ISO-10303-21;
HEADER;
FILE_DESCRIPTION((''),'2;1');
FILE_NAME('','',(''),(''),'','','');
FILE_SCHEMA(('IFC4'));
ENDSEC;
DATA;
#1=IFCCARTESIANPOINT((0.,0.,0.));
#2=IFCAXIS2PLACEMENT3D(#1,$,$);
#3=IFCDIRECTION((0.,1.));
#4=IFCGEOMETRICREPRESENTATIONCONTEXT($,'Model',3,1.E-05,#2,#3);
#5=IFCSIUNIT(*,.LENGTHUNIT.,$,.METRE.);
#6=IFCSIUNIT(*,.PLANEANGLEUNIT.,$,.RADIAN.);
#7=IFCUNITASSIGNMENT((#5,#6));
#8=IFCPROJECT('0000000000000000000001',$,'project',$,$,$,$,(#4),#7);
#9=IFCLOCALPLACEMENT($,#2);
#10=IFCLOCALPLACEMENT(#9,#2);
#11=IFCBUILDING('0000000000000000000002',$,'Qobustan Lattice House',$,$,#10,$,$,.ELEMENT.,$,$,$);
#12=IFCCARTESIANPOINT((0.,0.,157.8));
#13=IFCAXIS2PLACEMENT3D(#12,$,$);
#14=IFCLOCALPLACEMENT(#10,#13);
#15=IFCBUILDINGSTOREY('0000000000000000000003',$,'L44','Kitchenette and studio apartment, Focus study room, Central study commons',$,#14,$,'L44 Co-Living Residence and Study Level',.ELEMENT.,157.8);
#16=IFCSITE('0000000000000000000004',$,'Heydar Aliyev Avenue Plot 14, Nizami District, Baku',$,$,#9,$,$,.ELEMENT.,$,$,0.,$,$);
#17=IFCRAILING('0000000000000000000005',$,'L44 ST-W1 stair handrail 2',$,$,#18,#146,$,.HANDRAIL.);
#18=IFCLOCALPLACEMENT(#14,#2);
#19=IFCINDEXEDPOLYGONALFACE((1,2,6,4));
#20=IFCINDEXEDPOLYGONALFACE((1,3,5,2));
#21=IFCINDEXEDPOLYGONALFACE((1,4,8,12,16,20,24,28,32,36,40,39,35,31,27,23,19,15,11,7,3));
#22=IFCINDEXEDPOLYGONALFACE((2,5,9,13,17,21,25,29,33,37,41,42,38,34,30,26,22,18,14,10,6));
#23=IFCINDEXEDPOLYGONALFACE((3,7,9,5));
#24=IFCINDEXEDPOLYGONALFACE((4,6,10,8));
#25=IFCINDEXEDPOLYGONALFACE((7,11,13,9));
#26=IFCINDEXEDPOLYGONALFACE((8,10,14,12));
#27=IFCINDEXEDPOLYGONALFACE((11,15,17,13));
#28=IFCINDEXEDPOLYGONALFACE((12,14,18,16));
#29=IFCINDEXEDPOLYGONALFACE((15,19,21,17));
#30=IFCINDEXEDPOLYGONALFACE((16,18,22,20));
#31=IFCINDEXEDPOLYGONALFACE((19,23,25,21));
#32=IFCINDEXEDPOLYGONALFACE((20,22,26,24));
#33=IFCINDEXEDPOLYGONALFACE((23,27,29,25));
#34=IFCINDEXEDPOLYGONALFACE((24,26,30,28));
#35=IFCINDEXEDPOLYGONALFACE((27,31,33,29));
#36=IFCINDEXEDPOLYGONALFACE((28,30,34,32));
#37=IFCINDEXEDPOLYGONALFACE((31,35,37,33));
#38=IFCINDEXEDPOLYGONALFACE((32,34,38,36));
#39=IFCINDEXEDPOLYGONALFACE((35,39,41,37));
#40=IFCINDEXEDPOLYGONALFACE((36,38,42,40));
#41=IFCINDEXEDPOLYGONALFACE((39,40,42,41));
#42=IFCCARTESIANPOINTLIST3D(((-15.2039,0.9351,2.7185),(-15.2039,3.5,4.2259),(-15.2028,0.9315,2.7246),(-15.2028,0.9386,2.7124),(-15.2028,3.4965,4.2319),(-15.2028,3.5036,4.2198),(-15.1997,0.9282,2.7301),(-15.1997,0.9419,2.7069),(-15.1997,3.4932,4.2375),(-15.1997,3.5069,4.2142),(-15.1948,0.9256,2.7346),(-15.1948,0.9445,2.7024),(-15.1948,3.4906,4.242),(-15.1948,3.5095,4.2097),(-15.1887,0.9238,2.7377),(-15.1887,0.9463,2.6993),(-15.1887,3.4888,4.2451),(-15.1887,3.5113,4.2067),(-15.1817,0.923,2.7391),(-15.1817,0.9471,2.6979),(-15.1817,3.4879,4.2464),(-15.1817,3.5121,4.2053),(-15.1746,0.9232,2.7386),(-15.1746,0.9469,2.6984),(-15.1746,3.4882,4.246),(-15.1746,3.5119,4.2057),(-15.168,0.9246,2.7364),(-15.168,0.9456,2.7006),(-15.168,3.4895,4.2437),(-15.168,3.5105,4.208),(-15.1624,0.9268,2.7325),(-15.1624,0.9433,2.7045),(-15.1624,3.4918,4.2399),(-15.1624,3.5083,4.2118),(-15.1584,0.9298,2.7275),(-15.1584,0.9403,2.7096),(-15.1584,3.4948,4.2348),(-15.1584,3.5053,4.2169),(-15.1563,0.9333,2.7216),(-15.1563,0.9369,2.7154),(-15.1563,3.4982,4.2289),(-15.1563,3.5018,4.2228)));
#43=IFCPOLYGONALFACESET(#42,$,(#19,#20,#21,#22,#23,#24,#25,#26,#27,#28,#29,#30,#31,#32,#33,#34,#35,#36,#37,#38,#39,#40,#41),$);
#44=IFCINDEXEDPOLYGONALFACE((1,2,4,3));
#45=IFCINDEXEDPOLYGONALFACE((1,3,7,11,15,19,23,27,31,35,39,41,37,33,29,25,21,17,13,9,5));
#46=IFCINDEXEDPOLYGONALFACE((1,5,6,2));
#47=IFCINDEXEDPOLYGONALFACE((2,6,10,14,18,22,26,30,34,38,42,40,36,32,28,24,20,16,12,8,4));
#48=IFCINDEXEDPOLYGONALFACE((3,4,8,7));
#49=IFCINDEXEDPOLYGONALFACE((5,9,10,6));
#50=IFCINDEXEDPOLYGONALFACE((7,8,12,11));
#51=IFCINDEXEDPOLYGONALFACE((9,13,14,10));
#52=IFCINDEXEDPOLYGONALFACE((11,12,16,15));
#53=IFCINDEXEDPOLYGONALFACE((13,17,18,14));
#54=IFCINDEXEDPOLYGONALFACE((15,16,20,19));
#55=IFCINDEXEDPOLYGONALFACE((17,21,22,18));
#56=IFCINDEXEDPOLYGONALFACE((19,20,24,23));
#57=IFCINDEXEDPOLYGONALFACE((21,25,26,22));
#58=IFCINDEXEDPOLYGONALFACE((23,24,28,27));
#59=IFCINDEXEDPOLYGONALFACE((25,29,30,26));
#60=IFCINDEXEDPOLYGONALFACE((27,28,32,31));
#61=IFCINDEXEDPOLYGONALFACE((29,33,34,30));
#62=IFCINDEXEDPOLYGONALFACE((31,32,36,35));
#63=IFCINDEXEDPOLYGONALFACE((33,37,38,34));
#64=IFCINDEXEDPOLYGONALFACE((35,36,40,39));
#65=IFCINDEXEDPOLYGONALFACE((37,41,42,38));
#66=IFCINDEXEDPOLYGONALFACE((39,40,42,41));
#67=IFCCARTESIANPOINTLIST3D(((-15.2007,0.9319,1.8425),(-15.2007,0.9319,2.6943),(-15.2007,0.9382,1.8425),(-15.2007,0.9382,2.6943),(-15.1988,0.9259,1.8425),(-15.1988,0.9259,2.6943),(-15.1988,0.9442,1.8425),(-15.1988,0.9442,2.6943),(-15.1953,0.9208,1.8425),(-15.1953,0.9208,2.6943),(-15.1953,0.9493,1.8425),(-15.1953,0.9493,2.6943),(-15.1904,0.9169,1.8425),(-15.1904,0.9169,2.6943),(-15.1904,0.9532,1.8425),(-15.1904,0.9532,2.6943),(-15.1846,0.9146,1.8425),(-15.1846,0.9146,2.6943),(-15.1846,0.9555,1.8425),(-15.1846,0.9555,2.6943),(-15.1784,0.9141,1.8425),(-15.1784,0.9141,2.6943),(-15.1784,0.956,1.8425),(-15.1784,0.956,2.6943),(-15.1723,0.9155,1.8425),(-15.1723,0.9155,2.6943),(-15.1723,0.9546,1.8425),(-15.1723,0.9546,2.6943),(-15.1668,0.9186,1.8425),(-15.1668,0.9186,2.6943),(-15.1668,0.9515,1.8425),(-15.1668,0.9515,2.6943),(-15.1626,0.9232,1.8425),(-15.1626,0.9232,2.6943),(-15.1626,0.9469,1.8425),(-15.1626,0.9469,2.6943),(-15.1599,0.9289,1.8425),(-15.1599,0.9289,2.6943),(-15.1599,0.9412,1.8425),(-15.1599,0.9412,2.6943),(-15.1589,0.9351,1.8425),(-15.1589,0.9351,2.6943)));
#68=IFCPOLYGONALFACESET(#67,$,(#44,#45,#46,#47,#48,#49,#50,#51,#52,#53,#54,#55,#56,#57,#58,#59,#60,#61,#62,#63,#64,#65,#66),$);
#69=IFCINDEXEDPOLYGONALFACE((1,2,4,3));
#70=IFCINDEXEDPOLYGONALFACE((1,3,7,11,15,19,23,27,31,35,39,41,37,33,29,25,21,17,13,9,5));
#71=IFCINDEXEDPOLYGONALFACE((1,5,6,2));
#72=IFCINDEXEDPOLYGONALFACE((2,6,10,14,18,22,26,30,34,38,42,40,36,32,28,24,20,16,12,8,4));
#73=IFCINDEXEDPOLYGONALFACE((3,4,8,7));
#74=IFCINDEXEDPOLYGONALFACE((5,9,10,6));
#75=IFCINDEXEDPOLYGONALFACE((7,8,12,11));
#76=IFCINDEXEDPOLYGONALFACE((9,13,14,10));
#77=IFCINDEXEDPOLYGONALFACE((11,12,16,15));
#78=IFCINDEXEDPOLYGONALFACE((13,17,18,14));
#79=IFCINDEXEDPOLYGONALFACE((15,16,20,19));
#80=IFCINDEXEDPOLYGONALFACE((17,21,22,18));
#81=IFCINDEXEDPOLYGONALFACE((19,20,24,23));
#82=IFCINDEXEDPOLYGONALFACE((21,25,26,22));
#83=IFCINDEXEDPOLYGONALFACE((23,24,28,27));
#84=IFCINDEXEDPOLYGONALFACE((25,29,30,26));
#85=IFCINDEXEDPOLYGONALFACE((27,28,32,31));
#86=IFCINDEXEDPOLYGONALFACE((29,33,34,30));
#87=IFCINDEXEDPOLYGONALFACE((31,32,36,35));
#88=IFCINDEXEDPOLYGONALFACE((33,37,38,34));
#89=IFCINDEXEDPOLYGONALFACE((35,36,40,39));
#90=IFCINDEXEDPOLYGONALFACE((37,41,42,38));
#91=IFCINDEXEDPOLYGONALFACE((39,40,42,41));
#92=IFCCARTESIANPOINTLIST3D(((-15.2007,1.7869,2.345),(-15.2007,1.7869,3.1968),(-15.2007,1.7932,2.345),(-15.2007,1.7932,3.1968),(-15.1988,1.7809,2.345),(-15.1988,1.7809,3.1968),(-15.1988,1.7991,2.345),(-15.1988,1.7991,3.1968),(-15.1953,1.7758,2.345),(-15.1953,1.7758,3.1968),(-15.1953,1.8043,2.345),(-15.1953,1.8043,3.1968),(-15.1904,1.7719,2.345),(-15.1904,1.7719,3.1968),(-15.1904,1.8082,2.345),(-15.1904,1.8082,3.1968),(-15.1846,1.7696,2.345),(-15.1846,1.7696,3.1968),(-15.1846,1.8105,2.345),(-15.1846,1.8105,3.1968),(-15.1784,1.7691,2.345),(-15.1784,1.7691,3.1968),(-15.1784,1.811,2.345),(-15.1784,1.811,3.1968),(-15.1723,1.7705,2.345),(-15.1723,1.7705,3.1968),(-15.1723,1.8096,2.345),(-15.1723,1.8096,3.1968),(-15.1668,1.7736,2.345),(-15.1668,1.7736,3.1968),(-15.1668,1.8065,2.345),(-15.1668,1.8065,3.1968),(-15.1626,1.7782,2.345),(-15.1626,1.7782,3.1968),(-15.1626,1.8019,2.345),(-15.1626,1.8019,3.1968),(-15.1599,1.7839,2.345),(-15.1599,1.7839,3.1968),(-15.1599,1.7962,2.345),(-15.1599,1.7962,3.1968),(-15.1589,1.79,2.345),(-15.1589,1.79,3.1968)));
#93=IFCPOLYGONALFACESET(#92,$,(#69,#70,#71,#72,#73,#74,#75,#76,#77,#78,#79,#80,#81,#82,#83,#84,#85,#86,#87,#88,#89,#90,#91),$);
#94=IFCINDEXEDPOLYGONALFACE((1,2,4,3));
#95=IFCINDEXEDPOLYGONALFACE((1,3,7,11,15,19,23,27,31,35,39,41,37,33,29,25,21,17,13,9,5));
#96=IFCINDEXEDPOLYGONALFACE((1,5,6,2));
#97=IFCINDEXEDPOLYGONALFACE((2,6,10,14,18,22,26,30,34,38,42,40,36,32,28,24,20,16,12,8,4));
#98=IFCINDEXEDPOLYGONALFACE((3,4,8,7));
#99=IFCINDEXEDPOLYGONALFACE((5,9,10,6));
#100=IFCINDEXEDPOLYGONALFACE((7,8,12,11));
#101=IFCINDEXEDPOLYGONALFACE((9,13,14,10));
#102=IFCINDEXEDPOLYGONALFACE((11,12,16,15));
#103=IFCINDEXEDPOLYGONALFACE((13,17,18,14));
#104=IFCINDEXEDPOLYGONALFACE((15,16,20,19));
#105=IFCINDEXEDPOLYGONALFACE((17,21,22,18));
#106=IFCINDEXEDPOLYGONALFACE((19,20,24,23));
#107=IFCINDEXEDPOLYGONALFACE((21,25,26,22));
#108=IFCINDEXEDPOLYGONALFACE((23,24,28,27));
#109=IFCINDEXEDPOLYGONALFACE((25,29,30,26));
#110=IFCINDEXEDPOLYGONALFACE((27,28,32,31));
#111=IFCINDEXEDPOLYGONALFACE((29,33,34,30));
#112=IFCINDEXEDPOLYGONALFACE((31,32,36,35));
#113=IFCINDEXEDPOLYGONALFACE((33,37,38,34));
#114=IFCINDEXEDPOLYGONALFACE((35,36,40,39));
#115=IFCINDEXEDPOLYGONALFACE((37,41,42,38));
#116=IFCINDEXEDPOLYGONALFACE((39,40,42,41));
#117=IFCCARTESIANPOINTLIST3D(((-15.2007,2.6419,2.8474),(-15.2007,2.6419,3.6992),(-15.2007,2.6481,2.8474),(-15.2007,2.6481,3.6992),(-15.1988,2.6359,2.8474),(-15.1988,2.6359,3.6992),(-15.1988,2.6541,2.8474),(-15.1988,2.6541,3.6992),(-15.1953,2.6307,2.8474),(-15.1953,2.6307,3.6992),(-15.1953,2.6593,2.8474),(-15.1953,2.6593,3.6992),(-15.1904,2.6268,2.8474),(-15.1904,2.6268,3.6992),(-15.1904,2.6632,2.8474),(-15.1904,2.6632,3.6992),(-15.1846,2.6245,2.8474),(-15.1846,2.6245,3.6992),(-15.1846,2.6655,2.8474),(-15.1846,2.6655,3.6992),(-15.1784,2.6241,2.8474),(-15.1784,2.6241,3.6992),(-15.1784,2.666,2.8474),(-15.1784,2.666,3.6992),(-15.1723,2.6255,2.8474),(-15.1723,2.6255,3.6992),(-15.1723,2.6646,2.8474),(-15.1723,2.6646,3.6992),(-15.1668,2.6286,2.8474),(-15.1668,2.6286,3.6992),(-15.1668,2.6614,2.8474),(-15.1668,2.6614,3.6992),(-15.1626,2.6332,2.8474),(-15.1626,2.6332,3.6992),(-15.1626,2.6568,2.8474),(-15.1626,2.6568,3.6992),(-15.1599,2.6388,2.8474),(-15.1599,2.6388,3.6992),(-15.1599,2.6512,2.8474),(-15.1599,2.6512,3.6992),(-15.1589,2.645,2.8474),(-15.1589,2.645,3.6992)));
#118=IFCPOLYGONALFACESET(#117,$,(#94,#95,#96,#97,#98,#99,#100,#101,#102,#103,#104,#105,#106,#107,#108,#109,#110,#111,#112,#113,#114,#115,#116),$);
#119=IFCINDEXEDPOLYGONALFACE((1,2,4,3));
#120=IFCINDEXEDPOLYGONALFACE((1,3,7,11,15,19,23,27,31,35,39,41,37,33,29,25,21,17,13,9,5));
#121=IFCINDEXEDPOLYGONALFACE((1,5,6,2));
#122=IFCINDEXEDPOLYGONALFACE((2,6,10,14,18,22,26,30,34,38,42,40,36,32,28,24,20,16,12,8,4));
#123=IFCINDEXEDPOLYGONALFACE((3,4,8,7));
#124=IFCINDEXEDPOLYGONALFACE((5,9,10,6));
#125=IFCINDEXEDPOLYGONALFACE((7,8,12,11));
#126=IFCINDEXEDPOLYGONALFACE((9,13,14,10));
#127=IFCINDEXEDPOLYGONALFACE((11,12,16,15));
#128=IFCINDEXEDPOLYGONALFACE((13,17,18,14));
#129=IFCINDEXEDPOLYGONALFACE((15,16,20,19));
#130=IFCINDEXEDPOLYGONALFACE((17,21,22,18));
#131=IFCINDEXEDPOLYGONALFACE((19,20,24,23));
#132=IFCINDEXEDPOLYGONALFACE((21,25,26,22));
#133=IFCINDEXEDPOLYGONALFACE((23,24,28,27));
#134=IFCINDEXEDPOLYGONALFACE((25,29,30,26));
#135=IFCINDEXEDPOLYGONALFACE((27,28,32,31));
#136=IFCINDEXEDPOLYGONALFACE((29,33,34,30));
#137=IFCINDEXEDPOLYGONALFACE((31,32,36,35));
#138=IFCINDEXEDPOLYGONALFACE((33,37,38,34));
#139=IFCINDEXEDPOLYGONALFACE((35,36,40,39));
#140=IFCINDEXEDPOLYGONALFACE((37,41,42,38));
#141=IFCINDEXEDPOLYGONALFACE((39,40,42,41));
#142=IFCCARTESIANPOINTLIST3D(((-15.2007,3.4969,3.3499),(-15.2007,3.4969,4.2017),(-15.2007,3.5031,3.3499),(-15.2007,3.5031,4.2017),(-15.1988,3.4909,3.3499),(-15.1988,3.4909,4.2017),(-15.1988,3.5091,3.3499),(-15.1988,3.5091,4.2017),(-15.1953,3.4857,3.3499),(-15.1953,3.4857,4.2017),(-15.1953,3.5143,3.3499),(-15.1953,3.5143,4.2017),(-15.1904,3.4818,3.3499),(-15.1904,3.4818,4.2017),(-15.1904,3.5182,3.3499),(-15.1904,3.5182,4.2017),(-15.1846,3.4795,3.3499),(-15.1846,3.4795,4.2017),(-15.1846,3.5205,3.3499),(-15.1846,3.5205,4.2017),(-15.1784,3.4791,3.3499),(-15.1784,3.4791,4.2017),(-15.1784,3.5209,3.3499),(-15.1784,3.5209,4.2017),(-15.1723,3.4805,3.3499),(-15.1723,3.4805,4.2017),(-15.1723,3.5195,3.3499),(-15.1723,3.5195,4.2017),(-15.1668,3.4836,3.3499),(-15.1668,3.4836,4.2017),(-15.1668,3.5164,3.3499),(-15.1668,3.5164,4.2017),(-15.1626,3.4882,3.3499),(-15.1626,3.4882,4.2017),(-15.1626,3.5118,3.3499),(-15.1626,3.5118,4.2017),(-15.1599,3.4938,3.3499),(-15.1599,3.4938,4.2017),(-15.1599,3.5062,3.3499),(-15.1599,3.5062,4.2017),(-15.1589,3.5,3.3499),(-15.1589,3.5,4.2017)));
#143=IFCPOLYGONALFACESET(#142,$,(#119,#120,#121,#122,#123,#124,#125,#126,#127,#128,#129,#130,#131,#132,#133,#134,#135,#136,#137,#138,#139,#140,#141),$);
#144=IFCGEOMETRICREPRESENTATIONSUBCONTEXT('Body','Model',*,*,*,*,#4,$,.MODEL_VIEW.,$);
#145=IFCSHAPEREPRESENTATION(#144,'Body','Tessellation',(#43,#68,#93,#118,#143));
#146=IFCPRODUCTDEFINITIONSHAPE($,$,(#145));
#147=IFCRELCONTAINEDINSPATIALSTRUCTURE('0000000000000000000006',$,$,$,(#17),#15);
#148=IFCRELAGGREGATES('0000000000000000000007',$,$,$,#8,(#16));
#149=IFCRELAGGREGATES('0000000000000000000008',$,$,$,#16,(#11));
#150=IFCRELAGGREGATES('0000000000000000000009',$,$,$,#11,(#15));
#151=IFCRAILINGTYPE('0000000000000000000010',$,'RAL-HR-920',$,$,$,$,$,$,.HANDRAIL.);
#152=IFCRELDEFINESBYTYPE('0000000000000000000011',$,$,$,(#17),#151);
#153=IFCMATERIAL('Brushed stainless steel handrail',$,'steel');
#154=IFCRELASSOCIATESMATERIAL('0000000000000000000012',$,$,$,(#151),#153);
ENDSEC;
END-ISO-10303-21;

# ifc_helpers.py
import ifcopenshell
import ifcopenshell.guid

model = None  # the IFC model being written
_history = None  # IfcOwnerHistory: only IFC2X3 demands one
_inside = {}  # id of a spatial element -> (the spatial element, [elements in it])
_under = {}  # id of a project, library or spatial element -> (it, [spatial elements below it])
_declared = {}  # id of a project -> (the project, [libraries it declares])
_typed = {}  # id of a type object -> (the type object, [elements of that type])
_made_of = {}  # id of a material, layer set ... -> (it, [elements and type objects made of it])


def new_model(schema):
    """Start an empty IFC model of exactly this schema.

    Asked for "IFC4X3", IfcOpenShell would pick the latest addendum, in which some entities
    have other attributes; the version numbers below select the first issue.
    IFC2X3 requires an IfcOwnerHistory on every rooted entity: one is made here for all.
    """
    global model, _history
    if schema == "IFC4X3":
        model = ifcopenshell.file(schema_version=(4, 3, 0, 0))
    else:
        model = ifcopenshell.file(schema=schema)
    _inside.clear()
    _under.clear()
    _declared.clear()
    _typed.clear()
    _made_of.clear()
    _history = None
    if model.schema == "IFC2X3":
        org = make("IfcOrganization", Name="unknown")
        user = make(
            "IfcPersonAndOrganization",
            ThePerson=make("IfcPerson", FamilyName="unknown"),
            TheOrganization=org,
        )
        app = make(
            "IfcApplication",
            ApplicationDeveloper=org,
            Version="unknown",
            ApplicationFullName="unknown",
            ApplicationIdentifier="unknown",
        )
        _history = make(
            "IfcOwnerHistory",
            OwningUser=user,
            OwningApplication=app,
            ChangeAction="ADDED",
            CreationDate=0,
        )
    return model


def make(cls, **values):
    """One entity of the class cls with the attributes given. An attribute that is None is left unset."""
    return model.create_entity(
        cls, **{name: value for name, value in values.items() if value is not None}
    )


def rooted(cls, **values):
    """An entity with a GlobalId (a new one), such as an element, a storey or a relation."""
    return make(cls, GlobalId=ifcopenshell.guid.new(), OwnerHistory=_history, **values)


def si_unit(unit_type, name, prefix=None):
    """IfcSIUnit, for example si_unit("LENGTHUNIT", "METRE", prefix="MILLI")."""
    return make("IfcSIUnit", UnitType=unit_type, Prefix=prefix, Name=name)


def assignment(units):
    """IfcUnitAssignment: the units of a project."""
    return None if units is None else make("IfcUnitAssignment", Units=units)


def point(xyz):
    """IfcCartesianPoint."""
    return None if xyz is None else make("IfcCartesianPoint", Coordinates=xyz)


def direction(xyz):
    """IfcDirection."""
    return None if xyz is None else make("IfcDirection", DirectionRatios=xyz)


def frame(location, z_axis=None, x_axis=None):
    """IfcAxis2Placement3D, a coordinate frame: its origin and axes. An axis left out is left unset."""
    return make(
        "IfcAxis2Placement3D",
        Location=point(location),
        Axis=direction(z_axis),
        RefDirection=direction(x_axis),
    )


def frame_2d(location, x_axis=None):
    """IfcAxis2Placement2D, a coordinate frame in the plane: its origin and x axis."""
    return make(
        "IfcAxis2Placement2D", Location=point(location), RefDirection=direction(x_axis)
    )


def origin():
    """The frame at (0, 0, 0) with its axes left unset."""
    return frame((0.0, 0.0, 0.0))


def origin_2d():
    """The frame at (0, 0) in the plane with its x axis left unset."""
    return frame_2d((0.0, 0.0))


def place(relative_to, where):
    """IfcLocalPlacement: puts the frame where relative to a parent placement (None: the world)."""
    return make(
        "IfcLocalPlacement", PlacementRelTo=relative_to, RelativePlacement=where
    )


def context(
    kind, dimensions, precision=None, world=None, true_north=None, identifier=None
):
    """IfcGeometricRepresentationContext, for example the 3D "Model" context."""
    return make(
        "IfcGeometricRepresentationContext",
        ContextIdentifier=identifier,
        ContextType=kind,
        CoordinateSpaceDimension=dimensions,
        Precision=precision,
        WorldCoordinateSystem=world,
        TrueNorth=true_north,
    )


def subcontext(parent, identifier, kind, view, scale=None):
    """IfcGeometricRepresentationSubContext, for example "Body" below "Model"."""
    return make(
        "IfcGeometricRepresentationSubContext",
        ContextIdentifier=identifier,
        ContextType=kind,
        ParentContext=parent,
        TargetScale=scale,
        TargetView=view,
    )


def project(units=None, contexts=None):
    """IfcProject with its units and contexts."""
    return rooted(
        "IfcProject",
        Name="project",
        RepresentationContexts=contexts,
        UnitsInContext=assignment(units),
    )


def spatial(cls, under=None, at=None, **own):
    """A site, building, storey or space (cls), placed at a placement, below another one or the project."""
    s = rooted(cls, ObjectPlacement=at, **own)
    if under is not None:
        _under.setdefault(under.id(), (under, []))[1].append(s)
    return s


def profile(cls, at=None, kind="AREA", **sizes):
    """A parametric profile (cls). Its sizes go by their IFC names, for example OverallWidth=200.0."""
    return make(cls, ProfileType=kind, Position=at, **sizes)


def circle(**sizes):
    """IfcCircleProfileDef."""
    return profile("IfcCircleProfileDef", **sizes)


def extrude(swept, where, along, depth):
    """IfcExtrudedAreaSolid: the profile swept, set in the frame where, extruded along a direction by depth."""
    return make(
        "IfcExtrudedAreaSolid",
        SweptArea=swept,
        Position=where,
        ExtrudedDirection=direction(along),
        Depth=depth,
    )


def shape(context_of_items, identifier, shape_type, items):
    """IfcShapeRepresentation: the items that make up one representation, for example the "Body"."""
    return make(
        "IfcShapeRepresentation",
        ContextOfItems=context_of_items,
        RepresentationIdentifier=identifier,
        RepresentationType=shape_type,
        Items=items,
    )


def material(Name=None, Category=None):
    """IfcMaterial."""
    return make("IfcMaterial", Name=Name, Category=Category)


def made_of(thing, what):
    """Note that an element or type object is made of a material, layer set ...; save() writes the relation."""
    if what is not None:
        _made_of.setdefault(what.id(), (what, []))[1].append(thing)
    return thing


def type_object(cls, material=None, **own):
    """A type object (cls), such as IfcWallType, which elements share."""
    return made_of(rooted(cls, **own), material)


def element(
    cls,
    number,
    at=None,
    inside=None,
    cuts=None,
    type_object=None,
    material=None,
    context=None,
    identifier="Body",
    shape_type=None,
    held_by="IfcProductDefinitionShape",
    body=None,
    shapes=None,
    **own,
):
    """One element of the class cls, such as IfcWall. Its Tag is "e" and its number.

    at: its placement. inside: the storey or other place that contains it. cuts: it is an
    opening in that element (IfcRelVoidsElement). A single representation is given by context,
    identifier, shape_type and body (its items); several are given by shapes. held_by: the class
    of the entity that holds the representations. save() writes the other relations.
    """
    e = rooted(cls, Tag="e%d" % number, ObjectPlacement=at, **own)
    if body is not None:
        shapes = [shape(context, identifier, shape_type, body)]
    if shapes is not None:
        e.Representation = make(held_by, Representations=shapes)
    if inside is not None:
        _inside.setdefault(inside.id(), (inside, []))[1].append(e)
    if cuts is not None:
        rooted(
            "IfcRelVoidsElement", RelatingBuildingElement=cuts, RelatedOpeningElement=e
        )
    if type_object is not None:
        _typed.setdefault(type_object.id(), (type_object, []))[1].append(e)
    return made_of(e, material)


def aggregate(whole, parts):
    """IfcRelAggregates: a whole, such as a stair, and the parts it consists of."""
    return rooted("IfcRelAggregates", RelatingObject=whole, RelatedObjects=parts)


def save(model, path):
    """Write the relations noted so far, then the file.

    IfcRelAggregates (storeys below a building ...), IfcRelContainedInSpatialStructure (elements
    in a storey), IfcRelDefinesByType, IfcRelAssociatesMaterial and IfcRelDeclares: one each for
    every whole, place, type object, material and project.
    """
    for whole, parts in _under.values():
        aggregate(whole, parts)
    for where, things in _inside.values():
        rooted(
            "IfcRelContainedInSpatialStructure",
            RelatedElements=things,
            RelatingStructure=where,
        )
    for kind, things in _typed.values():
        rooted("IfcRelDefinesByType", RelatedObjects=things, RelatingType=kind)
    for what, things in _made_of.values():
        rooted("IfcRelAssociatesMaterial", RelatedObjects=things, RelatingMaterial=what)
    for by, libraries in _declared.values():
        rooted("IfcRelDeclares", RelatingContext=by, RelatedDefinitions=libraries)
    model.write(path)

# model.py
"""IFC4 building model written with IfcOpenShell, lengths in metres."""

from ifc_helpers import new_model, si_unit, direction, frame, origin, origin_2d, place, context, subcontext, project, spatial, circle, extrude, material, type_object, element, save


model = new_model("IFC4")

# Units and contexts
model_context = context("Model", 3, precision=1e-05, world=origin(), true_north=direction((0.0, 1.0)))
body_context = subcontext(model_context, "Body", "Model", "MODEL_VIEW")
ifc_project = project(units=[si_unit("LENGTHUNIT", "METRE"), si_unit("PLANEANGLEUNIT", "RADIAN")], contexts=[model_context])

# Site, building, storey
site_placement = place(None, origin())
site = spatial("IfcSite", under=ifc_project, at=site_placement, Name="Heydar Aliyev Avenue Plot 14, Nizami District, Baku", CompositionType="ELEMENT", RefElevation=0.0)
building_placement = place(site_placement, origin())
building = spatial("IfcBuilding", under=site, at=building_placement, Name="Qobustan Lattice House", CompositionType="ELEMENT")
storey_placement = place(building_placement, frame((0.0, 0.0, 157.8)))
storey = spatial("IfcBuildingStorey", under=building, at=storey_placement, Name="L44", Description="Kitchenette and studio apartment, Focus study room, Central study commons", LongName="L44 Co-Living Residence and Study Level", CompositionType="ELEMENT", Elevation=157.8)

# Railing
ifc_material_1 = material(Name="Brushed stainless steel handrail", Category="steel")
railing_type_1 = type_object("IfcRailingType", Name="RAL-HR-920", PredefinedType="HANDRAIL", material=ifc_material_1)
railing_1_placement = place(storey_placement, frame((-15.1799, 0.9351, 1.8425)))
element("IfcRailing", 1, at=railing_1_placement, inside=storey, type_object=railing_type_1, Name="L44 ST-W1 stair handrail 2", PredefinedType="HANDRAIL", context=body_context, shape_type="SweptSolid", body=[
    extrude(circle(Radius=0.0239, at=origin_2d()), frame((0.0, 0.0, 0.876), z_axis=(0.0, 0.862149, 0.506654), x_axis=(-1.0, 0.0, 0.0)), (0.0, 0.0, 1.0), 2.9751),
    extrude(circle(Radius=0.021, at=origin_2d()), origin(), (0.0, 0.0, 1.0), 0.8518),
    extrude(circle(Radius=0.021, at=origin_2d()), frame((0.0, 0.855, 0.5024)), (0.0, 0.0, 1.0), 0.8518),
    extrude(circle(Radius=0.021, at=origin_2d()), frame((0.0, 1.71, 1.0049)), (0.0, 0.0, 1.0), 0.8518),
    extrude(circle(Radius=0.021, at=origin_2d()), frame((0.0, 2.5649, 1.5073)), (0.0, 0.0, 1.0), 0.8518),
])

save(model, "model.ifc")
